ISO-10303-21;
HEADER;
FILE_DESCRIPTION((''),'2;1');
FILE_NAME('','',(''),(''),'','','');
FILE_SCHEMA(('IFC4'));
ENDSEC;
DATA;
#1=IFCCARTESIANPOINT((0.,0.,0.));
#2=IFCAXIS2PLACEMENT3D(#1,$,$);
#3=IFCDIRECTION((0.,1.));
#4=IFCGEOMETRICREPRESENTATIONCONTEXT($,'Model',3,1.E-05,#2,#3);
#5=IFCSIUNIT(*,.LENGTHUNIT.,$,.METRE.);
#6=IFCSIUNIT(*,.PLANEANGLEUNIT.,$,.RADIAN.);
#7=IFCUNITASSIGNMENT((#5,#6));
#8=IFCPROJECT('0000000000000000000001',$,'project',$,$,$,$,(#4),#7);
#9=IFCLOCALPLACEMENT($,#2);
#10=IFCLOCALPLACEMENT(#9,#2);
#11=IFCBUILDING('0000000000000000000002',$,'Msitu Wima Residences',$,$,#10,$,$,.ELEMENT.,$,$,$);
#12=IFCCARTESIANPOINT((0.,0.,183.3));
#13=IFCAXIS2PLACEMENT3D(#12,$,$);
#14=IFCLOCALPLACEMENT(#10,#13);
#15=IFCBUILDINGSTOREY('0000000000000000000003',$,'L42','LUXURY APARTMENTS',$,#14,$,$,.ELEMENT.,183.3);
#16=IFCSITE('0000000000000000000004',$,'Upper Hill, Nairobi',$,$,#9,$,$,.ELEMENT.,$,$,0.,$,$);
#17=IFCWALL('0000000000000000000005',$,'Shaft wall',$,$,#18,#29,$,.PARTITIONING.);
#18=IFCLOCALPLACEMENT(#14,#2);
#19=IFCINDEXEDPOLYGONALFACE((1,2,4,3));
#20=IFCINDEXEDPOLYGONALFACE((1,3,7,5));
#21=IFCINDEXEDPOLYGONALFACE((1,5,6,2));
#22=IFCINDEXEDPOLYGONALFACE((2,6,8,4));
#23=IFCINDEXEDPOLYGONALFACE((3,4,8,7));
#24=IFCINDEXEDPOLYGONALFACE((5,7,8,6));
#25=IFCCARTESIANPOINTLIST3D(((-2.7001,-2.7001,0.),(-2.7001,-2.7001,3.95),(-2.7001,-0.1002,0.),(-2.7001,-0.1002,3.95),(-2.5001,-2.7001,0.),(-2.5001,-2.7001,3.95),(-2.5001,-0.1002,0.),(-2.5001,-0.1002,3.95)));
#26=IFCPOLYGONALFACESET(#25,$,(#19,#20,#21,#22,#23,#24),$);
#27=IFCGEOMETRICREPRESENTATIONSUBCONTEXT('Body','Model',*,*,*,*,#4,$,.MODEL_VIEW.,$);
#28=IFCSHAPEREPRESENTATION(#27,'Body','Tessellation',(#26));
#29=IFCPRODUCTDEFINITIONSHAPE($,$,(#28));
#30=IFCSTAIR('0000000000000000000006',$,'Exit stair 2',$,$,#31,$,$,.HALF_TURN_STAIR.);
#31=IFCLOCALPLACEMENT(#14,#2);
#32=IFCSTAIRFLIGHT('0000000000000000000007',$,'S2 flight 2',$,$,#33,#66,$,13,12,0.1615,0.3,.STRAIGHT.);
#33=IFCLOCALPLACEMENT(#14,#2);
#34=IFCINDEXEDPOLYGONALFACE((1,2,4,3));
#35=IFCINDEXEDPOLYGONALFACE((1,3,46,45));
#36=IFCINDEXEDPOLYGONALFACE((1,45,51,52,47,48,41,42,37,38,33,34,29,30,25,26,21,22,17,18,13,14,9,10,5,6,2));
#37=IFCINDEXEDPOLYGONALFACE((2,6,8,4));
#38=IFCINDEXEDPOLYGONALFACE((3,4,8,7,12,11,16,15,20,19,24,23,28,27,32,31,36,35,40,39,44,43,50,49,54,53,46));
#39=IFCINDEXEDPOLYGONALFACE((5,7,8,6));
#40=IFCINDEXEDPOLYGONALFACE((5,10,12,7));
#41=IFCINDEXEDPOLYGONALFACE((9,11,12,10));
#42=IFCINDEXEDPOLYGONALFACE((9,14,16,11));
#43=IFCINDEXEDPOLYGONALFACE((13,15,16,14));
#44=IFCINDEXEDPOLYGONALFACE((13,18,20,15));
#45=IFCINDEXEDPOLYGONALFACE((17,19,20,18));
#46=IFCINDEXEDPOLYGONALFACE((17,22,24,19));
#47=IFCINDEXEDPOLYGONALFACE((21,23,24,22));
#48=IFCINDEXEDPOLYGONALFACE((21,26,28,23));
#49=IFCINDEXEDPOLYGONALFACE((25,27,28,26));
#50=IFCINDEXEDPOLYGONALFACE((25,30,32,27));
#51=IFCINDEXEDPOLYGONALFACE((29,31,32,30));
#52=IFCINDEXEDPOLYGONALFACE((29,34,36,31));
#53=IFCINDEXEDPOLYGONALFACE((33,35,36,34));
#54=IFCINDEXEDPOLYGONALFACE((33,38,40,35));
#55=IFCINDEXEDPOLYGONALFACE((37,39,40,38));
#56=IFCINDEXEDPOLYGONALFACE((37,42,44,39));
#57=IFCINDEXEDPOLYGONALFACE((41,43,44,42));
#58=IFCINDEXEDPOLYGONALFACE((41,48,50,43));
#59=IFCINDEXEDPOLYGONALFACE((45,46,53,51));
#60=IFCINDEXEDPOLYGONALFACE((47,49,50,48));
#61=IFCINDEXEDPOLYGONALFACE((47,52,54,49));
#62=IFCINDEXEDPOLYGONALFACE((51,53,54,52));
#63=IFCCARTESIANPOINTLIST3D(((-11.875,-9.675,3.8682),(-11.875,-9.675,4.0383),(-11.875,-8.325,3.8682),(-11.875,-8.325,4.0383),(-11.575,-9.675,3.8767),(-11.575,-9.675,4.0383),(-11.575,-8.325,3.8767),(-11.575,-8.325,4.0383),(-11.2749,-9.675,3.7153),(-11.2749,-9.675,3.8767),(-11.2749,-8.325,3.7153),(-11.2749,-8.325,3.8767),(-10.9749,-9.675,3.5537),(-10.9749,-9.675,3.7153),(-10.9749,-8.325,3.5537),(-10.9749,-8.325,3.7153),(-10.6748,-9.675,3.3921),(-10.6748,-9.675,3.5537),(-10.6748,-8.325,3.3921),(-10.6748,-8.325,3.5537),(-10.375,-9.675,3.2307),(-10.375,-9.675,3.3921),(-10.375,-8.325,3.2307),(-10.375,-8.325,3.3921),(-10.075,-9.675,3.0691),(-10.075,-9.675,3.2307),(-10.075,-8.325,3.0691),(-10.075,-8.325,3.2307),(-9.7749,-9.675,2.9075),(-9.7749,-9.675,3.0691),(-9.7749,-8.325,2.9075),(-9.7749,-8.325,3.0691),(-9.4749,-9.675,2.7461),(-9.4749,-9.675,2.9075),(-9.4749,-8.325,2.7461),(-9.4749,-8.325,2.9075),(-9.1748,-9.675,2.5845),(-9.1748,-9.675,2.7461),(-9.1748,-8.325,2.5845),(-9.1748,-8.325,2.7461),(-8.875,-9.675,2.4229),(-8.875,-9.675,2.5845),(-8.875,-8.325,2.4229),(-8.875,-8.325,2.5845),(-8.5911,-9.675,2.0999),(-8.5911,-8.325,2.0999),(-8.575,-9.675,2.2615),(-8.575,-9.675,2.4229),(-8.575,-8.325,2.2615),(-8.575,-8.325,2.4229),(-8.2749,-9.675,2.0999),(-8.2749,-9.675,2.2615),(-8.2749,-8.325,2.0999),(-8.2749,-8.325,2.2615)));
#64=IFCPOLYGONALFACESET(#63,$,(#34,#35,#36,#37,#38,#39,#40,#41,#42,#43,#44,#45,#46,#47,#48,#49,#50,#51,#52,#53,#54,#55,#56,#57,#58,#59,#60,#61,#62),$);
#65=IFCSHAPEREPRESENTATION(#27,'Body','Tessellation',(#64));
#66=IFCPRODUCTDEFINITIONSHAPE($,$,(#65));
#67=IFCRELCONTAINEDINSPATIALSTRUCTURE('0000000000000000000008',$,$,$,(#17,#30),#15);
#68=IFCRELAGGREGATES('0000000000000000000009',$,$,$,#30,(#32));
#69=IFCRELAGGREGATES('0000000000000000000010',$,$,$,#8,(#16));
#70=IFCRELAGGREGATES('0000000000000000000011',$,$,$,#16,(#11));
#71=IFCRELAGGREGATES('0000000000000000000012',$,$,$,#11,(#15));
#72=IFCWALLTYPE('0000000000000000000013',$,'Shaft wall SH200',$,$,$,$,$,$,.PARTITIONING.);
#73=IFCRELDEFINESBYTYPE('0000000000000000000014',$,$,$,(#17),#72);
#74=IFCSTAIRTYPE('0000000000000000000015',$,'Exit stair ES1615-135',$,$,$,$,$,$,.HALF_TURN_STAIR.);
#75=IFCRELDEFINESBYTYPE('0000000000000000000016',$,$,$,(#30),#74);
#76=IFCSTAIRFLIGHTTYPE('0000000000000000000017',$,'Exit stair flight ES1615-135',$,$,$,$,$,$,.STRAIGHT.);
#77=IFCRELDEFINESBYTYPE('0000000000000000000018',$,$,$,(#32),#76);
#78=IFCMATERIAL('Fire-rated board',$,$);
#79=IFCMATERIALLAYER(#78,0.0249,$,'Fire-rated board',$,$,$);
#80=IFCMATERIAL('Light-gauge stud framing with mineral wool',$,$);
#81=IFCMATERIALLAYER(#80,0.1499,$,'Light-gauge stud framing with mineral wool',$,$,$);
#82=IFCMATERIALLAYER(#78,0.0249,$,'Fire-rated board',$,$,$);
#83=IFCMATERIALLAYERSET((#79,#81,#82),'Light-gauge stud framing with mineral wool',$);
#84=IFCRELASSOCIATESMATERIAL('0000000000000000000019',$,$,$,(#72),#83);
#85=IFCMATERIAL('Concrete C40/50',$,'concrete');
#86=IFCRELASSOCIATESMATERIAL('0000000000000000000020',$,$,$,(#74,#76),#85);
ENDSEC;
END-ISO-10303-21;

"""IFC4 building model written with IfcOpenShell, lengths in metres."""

from ifc_helpers import new_model, si_unit, direction, frame, frame_2d, origin, place, context, subcontext, project, spatial, polyline, rectangle, outline, extrude, material, layer, layer_set, type_object, element, aggregate, save


model = new_model("IFC4")

# Units and contexts
model_context = context("Model", 3, precision=1e-05, world=origin(), true_north=direction((0.0, 1.0)))
body_context = subcontext(model_context, "Body", "Model", "MODEL_VIEW")
ifc_project = project(units=[si_unit("LENGTHUNIT", "METRE"), si_unit("PLANEANGLEUNIT", "RADIAN")], contexts=[model_context])

# Site, building, storey
site_placement = place(None, origin())
site = spatial("IfcSite", under=ifc_project, at=site_placement, Name="Upper Hill, Nairobi", CompositionType="ELEMENT", RefElevation=0.0)
building_placement = place(site_placement, origin())
building = spatial("IfcBuilding", under=site, at=building_placement, Name="Msitu Wima Residences", CompositionType="ELEMENT")
storey_placement = place(building_placement, frame((0.0, 0.0, 183.3)))
storey = spatial("IfcBuildingStorey", under=building, at=storey_placement, Name="L42", Description="LUXURY APARTMENTS", CompositionType="ELEMENT", Elevation=183.3)

# Shared definitions
ifc_material_1 = material(Name="Fire-rated board")
ifc_layer_1 = layer(ifc_material_1, 0.0249, Name="Fire-rated board")
ifc_material_2 = material(Name="Light-gauge stud framing with mineral wool")
ifc_layer_2 = layer(ifc_material_2, 0.1499, Name="Light-gauge stud framing with mineral wool")
ifc_layer_3 = layer(ifc_material_1, 0.0249, Name="Fire-rated board")
ifc_layer_set_1 = layer_set([ifc_layer_1, ifc_layer_2, ifc_layer_3], Name="Light-gauge stud framing with mineral wool")
wall_type_1 = type_object("IfcWallType", Name="Shaft wall SH200", PredefinedType="PARTITIONING", material=ifc_layer_set_1)

# Wall
for number, where, z_axis, x_axis, name in (
    (1, (-2.6001, -2.7, 0.0), (0.0, 0.0, 1.0), (0.0, 1.0, 0.0), "Shaft wall"),
):
    element("IfcWall", number, at=place(storey_placement, frame(where, z_axis=z_axis, x_axis=x_axis)), inside=storey, type_object=wall_type_1, Name=name, PredefinedType="PARTITIONING", context=body_context, shape_type="SweptSolid", body=[
        extrude(rectangle(XDim=2.5999, YDim=0.2, at=frame_2d((1.2998, 0.0))), origin(), (0.0, 0.0, 1.0), 3.95),
    ])

# Stair, stair flight
ifc_material_3 = material(Name="Concrete C40/50", Category="concrete")
stair_type = type_object("IfcStairType", Name="Exit stair ES1615-135", PredefinedType="HALF_TURN_STAIR", material=ifc_material_3)
stair_placement = place(storey_placement, origin())
stair = element("IfcStair", 2, at=stair_placement, inside=storey, type_object=stair_type, Name="Exit stair 2", PredefinedType="HALF_TURN_STAIR")
stair_flight_type = type_object("IfcStairFlightType", Name="Exit stair flight ES1615-135", PredefinedType="STRAIGHT", material=ifc_material_3)
stair_flight_placement = place(storey_placement, frame((-8.2749, -9.0, 2.0999), z_axis=(0.0, 0.0, 1.0), x_axis=(-1.0, 0.0, 0.0)))
stair_flight = element("IfcStairFlight", 3, at=stair_flight_placement, type_object=stair_flight_type, Name="S2 flight 2", NumberOfRisers=13, NumberOfTreads=12, PredefinedType="STRAIGHT", RiserHeight=0.1615, TreadLength=0.3, context=body_context, shape_type="SweptSolid", body=[
    extrude(outline(polyline([(0.0, 0.0), (0.0, 0.1616), (0.3, 0.1616), (0.3, 0.323), (0.6001, 0.323), (0.6001, 0.4846), (0.8999, 0.4846), (0.8999, 0.6462), (1.2, 0.6462), (1.2, 0.8076), (1.5, 0.8076), (1.5, 0.9692), (1.8, 0.9692), (1.8, 1.1309), (2.1001, 1.1309), (2.1001, 1.2922), (2.3999, 1.2922), (2.3999, 1.4539), (2.7, 1.4539), (2.7, 1.6155), (3.0, 1.6155), (3.0, 1.7769), (3.3, 1.7769), (3.3, 1.9385), (3.6001, 1.9385), (3.6001, 2.1001), (3.6001, 1.7683), (0.3162, 0.0), (0.0, 0.0)])), frame((0.0, 0.675, 0.0), z_axis=(0.0, -1.0, 0.0), x_axis=(1.0, 0.0, 0.0)), (0.0, 0.0, 1.0), 1.3501),
])
aggregate(stair, [stair_flight])

save(model, "model.ifc")
